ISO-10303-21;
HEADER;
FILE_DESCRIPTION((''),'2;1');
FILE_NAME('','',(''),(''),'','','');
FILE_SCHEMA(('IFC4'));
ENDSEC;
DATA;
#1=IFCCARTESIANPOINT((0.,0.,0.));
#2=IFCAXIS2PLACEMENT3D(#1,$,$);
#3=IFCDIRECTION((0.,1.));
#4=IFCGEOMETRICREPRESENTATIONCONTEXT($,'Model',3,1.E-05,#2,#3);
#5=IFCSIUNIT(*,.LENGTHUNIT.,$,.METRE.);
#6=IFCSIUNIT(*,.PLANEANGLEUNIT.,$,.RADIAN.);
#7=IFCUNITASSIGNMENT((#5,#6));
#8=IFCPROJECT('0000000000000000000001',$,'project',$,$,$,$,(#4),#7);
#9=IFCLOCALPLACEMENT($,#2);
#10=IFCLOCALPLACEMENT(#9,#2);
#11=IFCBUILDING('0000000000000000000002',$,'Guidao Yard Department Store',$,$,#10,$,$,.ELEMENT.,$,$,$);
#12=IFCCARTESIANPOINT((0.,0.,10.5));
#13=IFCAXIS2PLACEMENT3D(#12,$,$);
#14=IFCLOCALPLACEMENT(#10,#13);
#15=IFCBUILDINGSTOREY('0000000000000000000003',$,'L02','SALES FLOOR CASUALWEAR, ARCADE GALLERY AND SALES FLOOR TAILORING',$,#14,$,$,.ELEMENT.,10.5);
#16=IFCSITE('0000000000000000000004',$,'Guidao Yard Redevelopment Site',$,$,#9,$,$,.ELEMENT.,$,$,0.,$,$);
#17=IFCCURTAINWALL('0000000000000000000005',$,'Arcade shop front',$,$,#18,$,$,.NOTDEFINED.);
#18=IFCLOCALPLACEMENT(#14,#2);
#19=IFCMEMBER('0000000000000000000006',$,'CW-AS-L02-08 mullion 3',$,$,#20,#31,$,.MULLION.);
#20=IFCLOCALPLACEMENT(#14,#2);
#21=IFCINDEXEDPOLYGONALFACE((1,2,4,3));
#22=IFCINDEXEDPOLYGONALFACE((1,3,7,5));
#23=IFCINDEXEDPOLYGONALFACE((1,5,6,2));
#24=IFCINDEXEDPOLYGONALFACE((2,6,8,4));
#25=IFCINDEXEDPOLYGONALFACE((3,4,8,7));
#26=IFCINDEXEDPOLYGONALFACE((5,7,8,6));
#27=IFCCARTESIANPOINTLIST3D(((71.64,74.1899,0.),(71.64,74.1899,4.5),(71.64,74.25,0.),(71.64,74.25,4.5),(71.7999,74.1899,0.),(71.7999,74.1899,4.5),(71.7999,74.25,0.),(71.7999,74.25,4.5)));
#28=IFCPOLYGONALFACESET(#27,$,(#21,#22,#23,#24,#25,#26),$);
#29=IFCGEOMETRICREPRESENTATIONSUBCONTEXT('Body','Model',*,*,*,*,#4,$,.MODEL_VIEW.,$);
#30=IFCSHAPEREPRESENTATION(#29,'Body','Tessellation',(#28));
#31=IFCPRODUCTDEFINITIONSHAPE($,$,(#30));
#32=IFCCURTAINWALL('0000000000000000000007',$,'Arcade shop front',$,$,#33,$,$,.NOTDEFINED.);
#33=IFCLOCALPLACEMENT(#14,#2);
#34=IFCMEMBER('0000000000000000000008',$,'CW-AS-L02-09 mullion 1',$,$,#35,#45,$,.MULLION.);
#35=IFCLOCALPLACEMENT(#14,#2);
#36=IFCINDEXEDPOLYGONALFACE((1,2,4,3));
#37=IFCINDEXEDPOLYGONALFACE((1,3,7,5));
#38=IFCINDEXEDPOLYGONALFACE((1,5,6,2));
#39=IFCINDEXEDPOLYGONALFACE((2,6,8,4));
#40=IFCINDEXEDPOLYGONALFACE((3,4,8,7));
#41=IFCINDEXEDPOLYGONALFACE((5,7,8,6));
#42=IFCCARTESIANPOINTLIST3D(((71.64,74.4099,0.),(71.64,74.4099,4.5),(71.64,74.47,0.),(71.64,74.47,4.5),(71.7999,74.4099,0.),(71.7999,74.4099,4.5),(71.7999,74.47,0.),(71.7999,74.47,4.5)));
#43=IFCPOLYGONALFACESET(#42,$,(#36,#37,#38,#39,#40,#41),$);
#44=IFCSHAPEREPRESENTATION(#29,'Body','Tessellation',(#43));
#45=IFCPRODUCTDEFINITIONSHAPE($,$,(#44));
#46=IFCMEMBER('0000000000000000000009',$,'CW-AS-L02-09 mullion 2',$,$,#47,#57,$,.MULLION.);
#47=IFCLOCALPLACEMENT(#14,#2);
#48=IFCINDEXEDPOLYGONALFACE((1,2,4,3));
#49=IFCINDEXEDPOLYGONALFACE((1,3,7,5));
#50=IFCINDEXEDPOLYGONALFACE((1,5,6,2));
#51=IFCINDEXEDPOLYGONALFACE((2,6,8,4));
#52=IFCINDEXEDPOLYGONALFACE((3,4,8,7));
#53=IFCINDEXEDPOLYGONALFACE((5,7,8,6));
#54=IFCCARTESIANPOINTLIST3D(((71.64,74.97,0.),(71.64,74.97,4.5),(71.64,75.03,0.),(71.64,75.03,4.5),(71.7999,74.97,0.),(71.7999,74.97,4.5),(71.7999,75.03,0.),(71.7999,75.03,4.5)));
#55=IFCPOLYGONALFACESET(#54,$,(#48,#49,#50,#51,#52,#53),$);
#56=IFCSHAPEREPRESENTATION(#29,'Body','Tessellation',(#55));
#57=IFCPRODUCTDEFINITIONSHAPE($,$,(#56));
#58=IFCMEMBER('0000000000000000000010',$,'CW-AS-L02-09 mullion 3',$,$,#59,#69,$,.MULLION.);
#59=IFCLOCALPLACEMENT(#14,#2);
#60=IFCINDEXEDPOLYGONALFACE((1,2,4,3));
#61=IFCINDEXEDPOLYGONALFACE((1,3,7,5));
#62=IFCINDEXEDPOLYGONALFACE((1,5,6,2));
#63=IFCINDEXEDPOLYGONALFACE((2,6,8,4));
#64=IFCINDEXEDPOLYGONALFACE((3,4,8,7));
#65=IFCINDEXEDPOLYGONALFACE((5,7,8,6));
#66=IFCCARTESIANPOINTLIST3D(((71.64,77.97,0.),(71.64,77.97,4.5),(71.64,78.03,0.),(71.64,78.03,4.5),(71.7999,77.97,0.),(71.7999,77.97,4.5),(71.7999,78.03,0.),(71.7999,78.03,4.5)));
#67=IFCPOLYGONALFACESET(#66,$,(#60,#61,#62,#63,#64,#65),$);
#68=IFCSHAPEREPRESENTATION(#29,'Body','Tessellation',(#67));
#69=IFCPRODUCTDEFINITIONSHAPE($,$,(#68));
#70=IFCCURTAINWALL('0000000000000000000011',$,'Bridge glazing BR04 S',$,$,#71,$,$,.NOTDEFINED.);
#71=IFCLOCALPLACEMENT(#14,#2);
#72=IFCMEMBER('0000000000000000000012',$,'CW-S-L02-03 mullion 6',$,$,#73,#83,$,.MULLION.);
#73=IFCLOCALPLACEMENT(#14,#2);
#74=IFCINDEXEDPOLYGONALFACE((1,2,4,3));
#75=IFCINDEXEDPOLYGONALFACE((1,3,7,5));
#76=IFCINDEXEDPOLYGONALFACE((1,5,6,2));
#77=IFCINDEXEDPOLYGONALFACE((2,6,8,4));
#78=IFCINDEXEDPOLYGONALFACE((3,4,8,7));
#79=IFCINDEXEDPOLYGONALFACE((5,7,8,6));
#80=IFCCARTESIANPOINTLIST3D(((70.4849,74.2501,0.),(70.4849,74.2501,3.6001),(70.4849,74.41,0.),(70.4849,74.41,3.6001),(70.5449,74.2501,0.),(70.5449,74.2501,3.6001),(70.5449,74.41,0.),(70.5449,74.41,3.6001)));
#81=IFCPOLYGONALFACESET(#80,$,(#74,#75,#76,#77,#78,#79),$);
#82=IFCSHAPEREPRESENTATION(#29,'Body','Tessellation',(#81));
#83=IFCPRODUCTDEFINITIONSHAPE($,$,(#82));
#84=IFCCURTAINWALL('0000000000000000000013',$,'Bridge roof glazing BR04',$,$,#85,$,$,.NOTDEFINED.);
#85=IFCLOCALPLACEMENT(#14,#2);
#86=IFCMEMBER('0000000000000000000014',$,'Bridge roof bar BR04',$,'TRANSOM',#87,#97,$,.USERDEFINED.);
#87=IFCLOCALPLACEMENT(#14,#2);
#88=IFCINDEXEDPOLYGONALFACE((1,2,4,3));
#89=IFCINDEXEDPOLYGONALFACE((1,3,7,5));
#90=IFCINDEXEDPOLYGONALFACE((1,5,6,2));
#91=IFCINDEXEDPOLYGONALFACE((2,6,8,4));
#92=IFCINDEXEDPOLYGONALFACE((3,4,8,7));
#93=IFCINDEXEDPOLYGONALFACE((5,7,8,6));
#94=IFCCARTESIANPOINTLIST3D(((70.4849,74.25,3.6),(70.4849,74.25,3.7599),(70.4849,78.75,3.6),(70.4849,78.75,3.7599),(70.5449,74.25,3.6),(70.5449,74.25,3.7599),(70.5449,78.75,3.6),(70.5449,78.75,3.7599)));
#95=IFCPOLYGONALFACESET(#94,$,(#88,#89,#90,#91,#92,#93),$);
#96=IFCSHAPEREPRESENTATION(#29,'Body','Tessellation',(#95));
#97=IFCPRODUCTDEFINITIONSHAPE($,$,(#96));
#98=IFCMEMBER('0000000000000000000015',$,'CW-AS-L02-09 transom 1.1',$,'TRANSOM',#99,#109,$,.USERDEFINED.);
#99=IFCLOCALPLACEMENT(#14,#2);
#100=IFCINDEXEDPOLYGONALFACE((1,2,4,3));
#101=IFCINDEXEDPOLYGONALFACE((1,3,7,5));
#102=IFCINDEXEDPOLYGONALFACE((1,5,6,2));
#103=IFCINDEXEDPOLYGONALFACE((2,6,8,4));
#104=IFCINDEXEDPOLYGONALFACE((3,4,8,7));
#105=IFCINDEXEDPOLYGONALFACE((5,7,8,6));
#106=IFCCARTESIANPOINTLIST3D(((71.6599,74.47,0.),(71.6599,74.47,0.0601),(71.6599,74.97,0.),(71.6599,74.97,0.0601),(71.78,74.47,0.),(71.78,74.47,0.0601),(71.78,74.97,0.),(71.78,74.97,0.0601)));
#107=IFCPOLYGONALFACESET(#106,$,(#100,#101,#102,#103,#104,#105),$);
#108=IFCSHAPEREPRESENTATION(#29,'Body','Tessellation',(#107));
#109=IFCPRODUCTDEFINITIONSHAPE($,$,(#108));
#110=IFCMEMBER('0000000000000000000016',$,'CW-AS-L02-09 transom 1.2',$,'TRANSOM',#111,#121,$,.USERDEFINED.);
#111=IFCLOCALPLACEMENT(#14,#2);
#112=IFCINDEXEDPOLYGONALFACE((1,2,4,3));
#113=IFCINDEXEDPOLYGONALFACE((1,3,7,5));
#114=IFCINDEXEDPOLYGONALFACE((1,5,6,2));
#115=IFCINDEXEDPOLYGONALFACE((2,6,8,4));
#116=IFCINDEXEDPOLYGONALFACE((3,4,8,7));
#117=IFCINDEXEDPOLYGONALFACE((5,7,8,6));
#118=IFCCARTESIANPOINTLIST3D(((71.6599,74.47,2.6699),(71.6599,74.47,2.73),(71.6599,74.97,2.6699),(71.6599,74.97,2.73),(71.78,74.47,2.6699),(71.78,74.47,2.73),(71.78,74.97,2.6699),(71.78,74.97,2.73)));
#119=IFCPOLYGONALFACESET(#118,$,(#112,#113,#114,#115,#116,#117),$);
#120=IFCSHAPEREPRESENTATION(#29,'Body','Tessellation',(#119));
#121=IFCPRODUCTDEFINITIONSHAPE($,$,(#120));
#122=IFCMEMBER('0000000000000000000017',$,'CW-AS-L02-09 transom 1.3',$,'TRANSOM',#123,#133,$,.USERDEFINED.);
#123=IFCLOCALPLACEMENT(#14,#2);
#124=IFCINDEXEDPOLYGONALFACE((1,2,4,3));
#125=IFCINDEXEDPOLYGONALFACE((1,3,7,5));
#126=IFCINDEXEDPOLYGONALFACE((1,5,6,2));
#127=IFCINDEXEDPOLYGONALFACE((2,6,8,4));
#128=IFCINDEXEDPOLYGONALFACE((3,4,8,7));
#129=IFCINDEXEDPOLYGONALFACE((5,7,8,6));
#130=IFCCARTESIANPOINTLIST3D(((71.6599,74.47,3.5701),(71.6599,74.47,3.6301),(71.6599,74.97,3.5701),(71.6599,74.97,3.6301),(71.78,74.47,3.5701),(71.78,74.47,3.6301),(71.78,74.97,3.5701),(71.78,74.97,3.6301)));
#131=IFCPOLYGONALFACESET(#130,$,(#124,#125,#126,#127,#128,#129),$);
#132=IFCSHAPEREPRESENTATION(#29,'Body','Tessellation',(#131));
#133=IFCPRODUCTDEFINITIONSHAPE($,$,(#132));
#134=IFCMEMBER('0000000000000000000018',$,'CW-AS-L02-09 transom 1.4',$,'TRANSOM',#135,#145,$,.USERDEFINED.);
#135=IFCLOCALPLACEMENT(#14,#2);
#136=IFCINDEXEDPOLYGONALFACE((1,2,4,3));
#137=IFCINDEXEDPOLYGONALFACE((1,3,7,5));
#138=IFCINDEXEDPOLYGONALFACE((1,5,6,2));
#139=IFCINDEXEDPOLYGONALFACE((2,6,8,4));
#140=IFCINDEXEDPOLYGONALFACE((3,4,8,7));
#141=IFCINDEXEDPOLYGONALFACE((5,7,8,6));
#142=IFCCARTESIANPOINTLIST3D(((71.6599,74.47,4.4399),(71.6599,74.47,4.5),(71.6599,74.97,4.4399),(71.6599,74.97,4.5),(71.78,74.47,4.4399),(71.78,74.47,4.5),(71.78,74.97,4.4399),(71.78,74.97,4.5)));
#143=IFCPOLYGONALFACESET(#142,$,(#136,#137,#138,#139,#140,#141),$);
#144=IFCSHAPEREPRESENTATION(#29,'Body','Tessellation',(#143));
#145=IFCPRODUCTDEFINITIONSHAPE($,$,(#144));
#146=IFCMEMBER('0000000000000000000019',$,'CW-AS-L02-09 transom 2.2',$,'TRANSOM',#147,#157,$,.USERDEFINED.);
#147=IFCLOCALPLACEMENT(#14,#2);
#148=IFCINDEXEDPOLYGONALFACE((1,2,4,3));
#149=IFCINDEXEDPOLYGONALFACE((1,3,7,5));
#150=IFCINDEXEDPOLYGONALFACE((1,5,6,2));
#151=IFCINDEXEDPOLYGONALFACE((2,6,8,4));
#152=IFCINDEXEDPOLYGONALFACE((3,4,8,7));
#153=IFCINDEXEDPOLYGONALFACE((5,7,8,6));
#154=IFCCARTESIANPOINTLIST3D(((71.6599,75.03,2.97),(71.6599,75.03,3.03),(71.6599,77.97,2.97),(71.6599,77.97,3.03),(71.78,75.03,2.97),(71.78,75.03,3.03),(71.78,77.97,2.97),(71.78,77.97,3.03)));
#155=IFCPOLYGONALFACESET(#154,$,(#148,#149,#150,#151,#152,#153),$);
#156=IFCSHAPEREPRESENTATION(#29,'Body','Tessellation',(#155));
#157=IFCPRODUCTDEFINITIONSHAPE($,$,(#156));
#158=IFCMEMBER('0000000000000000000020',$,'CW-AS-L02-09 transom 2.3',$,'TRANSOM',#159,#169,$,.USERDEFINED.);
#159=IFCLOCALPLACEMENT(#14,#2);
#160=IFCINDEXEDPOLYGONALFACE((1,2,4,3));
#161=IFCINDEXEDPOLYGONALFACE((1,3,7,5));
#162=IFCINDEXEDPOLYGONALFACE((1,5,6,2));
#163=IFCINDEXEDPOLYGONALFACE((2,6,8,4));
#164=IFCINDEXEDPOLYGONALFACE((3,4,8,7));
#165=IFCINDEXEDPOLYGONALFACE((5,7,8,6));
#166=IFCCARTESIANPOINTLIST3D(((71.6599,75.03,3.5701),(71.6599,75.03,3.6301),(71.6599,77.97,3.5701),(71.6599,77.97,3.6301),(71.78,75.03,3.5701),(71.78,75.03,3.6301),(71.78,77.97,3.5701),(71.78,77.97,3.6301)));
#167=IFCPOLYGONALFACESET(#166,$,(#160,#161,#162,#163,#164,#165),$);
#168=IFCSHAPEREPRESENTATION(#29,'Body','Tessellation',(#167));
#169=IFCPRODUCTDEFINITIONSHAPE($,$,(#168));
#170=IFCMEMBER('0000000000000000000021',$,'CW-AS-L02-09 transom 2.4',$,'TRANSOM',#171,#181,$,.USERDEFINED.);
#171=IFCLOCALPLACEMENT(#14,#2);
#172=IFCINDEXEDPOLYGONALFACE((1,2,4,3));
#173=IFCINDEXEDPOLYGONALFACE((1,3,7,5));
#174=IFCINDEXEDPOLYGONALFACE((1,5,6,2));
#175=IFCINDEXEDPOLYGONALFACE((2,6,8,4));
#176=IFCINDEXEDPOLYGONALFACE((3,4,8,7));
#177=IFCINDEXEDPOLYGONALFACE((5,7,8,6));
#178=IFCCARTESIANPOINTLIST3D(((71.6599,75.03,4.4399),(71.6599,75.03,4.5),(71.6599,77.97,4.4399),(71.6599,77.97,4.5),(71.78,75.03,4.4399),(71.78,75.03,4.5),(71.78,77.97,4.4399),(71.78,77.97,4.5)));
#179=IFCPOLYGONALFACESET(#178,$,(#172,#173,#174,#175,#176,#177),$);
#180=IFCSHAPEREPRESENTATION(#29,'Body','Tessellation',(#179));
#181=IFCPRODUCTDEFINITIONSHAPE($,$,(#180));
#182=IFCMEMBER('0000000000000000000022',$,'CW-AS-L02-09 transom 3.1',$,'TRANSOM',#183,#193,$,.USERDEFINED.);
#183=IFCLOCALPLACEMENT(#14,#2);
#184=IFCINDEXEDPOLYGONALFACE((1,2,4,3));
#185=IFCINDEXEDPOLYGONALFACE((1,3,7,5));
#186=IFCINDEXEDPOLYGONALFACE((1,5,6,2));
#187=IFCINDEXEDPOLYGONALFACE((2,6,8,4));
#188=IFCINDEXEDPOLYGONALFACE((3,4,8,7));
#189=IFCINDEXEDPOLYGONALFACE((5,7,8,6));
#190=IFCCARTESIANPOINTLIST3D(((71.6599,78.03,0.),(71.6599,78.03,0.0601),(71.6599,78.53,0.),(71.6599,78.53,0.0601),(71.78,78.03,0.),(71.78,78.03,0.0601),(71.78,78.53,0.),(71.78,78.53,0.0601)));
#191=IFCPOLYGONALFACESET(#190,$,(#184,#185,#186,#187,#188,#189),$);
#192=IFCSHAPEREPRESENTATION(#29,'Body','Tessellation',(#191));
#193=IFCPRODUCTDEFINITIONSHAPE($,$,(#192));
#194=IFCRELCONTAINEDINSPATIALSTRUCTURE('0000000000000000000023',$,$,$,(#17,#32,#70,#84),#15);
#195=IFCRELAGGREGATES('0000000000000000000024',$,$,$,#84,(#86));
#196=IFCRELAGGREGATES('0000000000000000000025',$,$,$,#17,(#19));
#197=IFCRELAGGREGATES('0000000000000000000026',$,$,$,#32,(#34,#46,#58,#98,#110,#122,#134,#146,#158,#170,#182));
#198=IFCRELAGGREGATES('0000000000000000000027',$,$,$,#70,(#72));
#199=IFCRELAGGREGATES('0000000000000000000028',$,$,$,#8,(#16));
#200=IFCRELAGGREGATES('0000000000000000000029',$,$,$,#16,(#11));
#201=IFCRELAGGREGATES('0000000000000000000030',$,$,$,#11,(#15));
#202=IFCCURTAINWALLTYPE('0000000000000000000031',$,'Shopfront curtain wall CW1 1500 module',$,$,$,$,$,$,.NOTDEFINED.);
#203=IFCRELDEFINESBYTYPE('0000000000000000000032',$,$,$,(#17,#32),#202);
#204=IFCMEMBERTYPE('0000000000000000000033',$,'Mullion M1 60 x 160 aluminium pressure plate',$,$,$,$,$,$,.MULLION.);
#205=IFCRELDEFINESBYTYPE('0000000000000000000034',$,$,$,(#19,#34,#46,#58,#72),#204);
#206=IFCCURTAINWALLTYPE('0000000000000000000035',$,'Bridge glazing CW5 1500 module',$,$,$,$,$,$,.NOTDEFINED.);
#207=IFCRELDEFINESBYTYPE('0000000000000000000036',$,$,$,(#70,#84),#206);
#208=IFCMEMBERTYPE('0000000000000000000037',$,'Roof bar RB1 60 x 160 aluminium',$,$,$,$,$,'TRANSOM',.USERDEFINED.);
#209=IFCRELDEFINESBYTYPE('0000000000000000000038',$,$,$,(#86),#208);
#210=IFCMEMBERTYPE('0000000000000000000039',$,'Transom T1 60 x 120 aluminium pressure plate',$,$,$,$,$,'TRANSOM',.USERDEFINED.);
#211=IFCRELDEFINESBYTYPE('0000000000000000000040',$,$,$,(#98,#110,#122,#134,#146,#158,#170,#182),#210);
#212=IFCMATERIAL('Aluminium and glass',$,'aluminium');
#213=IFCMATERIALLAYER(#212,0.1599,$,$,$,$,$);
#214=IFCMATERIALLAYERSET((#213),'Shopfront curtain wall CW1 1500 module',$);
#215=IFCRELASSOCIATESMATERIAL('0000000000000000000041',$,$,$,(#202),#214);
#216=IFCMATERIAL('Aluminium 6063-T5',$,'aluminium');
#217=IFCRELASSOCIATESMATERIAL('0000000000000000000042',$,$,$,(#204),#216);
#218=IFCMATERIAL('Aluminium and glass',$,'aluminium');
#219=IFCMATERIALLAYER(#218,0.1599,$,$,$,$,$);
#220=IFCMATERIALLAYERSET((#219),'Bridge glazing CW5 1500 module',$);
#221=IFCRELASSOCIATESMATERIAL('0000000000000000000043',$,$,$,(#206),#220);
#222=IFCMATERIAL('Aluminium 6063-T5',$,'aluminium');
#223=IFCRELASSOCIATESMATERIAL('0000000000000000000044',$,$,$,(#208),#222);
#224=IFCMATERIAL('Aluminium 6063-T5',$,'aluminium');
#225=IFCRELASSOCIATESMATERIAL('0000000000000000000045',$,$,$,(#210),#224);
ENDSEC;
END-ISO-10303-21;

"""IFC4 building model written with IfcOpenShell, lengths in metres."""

from ifc_helpers import new_model, si_unit, direction, frame, origin, origin_2d, place, context, subcontext, project, spatial, rectangle, extrude, material, layer, layer_set, material_profile, profile_set, type_object, element, aggregate, save


model = new_model("IFC4")

# Units and contexts
model_context = context("Model", 3, precision=1e-05, world=origin(), true_north=direction((0.0, 1.0)))
body_context = subcontext(model_context, "Body", "Model", "MODEL_VIEW")
ifc_project = project(units=[si_unit("LENGTHUNIT", "METRE"), si_unit("PLANEANGLEUNIT", "RADIAN")], contexts=[model_context])

# Site, building, storey
site_placement = place(None, origin())
site = spatial("IfcSite", under=ifc_project, at=site_placement, Name="Guidao Yard Redevelopment Site", CompositionType="ELEMENT", RefElevation=0.0)
building_placement = place(site_placement, origin())
building = spatial("IfcBuilding", under=site, at=building_placement, Name="Guidao Yard Department Store", CompositionType="ELEMENT")
storey_placement = place(building_placement, frame((0.0, 0.0, 10.5)))
storey = spatial("IfcBuildingStorey", under=building, at=storey_placement, Name="L02", Description="SALES FLOOR CASUALWEAR, ARCADE GALLERY AND SALES FLOOR TAILORING", CompositionType="ELEMENT", Elevation=10.5)

# Curtain wall, member
ifc_material_1 = material(Name="Aluminium and glass", Category="aluminium")
ifc_layer_1 = layer(ifc_material_1, 0.1599)
ifc_layer_set_1 = layer_set([ifc_layer_1], Name="Shopfront curtain wall CW1 1500 module")
curtain_wall_type_1 = type_object("IfcCurtainWallType", Name="Shopfront curtain wall CW1 1500 module", PredefinedType="NOTDEFINED", material=ifc_layer_set_1)
curtain_wall_1_placement = place(storey_placement, origin())
curtain_wall_1 = element("IfcCurtainWall", 1, at=curtain_wall_1_placement, inside=storey, type_object=curtain_wall_type_1, Name="Arcade shop front", PredefinedType="NOTDEFINED")
ifc_material_2 = material(Name="Aluminium 6063-T5", Category="aluminium")
ifc_material_profile_1 = material_profile(ifc_material_2, rectangle(XDim=0.0601, YDim=0.1599, at=origin_2d()), Name="Mullion M1 60 x 160 aluminium pressure plate")
ifc_profile_set_1 = profile_set([ifc_material_profile_1], Name="Aluminium 6063-T5")
member_type_1 = type_object("IfcMemberType", Name="Mullion M1 60 x 160 aluminium pressure plate", PredefinedType="MULLION", material=ifc_profile_set_1)
member_1_placement = place(storey_placement, frame((71.72, 74.22, 0.0), z_axis=(0.0, 0.0, 1.0), x_axis=(0.0, 1.0, 0.0)))
member_1 = element("IfcMember", 2, at=member_1_placement, type_object=member_type_1, Name="CW-AS-L02-08 mullion 3", PredefinedType="MULLION", context=body_context, shape_type="SweptSolid", body=[
    extrude(rectangle(XDim=0.0601, YDim=0.1599, at=origin_2d()), origin(), (0.0, 0.0, 1.0), 4.5),
])

# Curtain wall, members
curtain_wall_2_placement = place(storey_placement, origin())
curtain_wall_2 = element("IfcCurtainWall", 3, at=curtain_wall_2_placement, inside=storey, type_object=curtain_wall_type_1, Name="Arcade shop front", PredefinedType="NOTDEFINED")
member_2_placement = place(storey_placement, frame((71.72, 74.4399, 0.0), z_axis=(0.0, 0.0, 1.0), x_axis=(0.0, 1.0, 0.0)))
member_2 = element("IfcMember", 4, at=member_2_placement, type_object=member_type_1, Name="CW-AS-L02-09 mullion 1", PredefinedType="MULLION", context=body_context, shape_type="SweptSolid", body=[
    extrude(rectangle(XDim=0.0601, YDim=0.1599, at=origin_2d()), origin(), (0.0, 0.0, 1.0), 4.5),
])
member_3_placement = place(storey_placement, frame((71.72, 75.0, 0.0), z_axis=(0.0, 0.0, 1.0), x_axis=(0.0, 1.0, 0.0)))
member_3 = element("IfcMember", 5, at=member_3_placement, type_object=member_type_1, Name="CW-AS-L02-09 mullion 2", PredefinedType="MULLION", context=body_context, shape_type="SweptSolid", body=[
    extrude(rectangle(XDim=0.0601, YDim=0.1599, at=origin_2d()), origin(), (0.0, 0.0, 1.0), 4.5),
])
member_4_placement = place(storey_placement, frame((71.72, 78.0, 0.0), z_axis=(0.0, 0.0, 1.0), x_axis=(0.0, 1.0, 0.0)))
member_4 = element("IfcMember", 6, at=member_4_placement, type_object=member_type_1, Name="CW-AS-L02-09 mullion 3", PredefinedType="MULLION", context=body_context, shape_type="SweptSolid", body=[
    extrude(rectangle(XDim=0.0601, YDim=0.1599, at=origin_2d()), origin(), (0.0, 0.0, 1.0), 4.5),
])

# Curtain walls, members
ifc_material_3 = material(Name="Aluminium and glass", Category="aluminium")
ifc_layer_2 = layer(ifc_material_3, 0.1599)
ifc_layer_set_2 = layer_set([ifc_layer_2], Name="Bridge glazing CW5 1500 module")
curtain_wall_type_2 = type_object("IfcCurtainWallType", Name="Bridge glazing CW5 1500 module", PredefinedType="NOTDEFINED", material=ifc_layer_set_2)
curtain_wall_3_placement = place(storey_placement, origin())
curtain_wall_3 = element("IfcCurtainWall", 7, at=curtain_wall_3_placement, inside=storey, type_object=curtain_wall_type_2, Name="Bridge glazing BR04 S", PredefinedType="NOTDEFINED")
member_5_placement = place(storey_placement, frame((70.5149, 74.3301, 0.0), z_axis=(0.0, 0.0, 1.0), x_axis=(-1.0, 0.0, 0.0)))
member_5 = element("IfcMember", 8, at=member_5_placement, type_object=member_type_1, Name="CW-S-L02-03 mullion 6", PredefinedType="MULLION", context=body_context, shape_type="SweptSolid", body=[
    extrude(rectangle(XDim=0.0601, YDim=0.1599, at=origin_2d()), origin(), (0.0, 0.0, 1.0), 3.6001),
])
curtain_wall_4_placement = place(storey_placement, origin())
curtain_wall_4 = element("IfcCurtainWall", 9, at=curtain_wall_4_placement, inside=storey, type_object=curtain_wall_type_2, Name="Bridge roof glazing BR04", PredefinedType="NOTDEFINED")
ifc_material_4 = material(Name="Aluminium 6063-T5", Category="aluminium")
ifc_material_profile_2 = material_profile(ifc_material_4, rectangle(XDim=0.0601, YDim=0.1599, at=origin_2d()), Name="Roof bar RB1 60 x 160 aluminium")
ifc_profile_set_2 = profile_set([ifc_material_profile_2], Name="Aluminium 6063-T5")
member_type_2 = type_object("IfcMemberType", Name="Roof bar RB1 60 x 160 aluminium", ElementType="TRANSOM", PredefinedType="USERDEFINED", material=ifc_profile_set_2)
member_6_placement = place(storey_placement, frame((70.5149, 74.25, 3.6799), z_axis=(0.0, 1.0, 0.0), x_axis=(-1.0, 0.0, 0.0)))
member_6 = element("IfcMember", 10, at=member_6_placement, type_object=member_type_2, Name="Bridge roof bar BR04", ObjectType="TRANSOM", PredefinedType="USERDEFINED", context=body_context, shape_type="SweptSolid", body=[
    extrude(rectangle(XDim=0.0601, YDim=0.1599, at=origin_2d()), origin(), (0.0, 0.0, 1.0), 4.5),
])

# Members
ifc_material_5 = material(Name="Aluminium 6063-T5", Category="aluminium")
ifc_material_profile_3 = material_profile(ifc_material_5, rectangle(XDim=0.1201, YDim=0.0601, at=origin_2d()), Name="Transom T1 60 x 120 aluminium pressure plate")
ifc_profile_set_3 = profile_set([ifc_material_profile_3], Name="Aluminium 6063-T5")
member_type_3 = type_object("IfcMemberType", Name="Transom T1 60 x 120 aluminium pressure plate", ElementType="TRANSOM", PredefinedType="USERDEFINED", material=ifc_profile_set_3)
member_7_placement = place(storey_placement, frame((71.72, 74.47, 0.03), z_axis=(0.0, 1.0, 0.0), x_axis=(-1.0, 0.0, 0.0)))
member_7 = element("IfcMember", 11, at=member_7_placement, type_object=member_type_3, Name="CW-AS-L02-09 transom 1.1", ObjectType="TRANSOM", PredefinedType="USERDEFINED", context=body_context, shape_type="SweptSolid", body=[
    extrude(rectangle(XDim=0.1201, YDim=0.0601, at=origin_2d()), origin(), (0.0, 0.0, 1.0), 0.5),
])
member_8_placement = place(storey_placement, frame((71.72, 74.47, 2.7), z_axis=(0.0, 1.0, 0.0), x_axis=(-1.0, 0.0, 0.0)))
member_8 = element("IfcMember", 12, at=member_8_placement, type_object=member_type_3, Name="CW-AS-L02-09 transom 1.2", ObjectType="TRANSOM", PredefinedType="USERDEFINED", context=body_context, shape_type="SweptSolid", body=[
    extrude(rectangle(XDim=0.1201, YDim=0.0601, at=origin_2d()), origin(), (0.0, 0.0, 1.0), 0.5),
])
member_9_placement = place(storey_placement, frame((71.72, 74.47, 3.6001), z_axis=(0.0, 1.0, 0.0), x_axis=(-1.0, 0.0, 0.0)))
member_9 = element("IfcMember", 13, at=member_9_placement, type_object=member_type_3, Name="CW-AS-L02-09 transom 1.3", ObjectType="TRANSOM", PredefinedType="USERDEFINED", context=body_context, shape_type="SweptSolid", body=[
    extrude(rectangle(XDim=0.1201, YDim=0.0601, at=origin_2d()), origin(), (0.0, 0.0, 1.0), 0.5),
])
member_10_placement = place(storey_placement, frame((71.72, 74.47, 4.47), z_axis=(0.0, 1.0, 0.0), x_axis=(-1.0, 0.0, 0.0)))
member_10 = element("IfcMember", 14, at=member_10_placement, type_object=member_type_3, Name="CW-AS-L02-09 transom 1.4", ObjectType="TRANSOM", PredefinedType="USERDEFINED", context=body_context, shape_type="SweptSolid", body=[
    extrude(rectangle(XDim=0.1201, YDim=0.0601, at=origin_2d()), origin(), (0.0, 0.0, 1.0), 0.5),
])
member_11_placement = place(storey_placement, frame((71.72, 75.03, 3.0), z_axis=(0.0, 1.0, 0.0), x_axis=(-1.0, 0.0, 0.0)))
member_11 = element("IfcMember", 15, at=member_11_placement, type_object=member_type_3, Name="CW-AS-L02-09 transom 2.2", ObjectType="TRANSOM", PredefinedType="USERDEFINED", context=body_context, shape_type="SweptSolid", body=[
    extrude(rectangle(XDim=0.1201, YDim=0.0601, at=origin_2d()), origin(), (0.0, 0.0, 1.0), 2.9399),
])
member_12_placement = place(storey_placement, frame((71.72, 75.03, 3.6001), z_axis=(0.0, 1.0, 0.0), x_axis=(-1.0, 0.0, 0.0)))
member_12 = element("IfcMember", 16, at=member_12_placement, type_object=member_type_3, Name="CW-AS-L02-09 transom 2.3", ObjectType="TRANSOM", PredefinedType="USERDEFINED", context=body_context, shape_type="SweptSolid", body=[
    extrude(rectangle(XDim=0.1201, YDim=0.0601, at=origin_2d()), origin(), (0.0, 0.0, 1.0), 2.9399),
])
member_13_placement = place(storey_placement, frame((71.72, 75.03, 4.47), z_axis=(0.0, 1.0, 0.0), x_axis=(-1.0, 0.0, 0.0)))
member_13 = element("IfcMember", 17, at=member_13_placement, type_object=member_type_3, Name="CW-AS-L02-09 transom 2.4", ObjectType="TRANSOM", PredefinedType="USERDEFINED", context=body_context, shape_type="SweptSolid", body=[
    extrude(rectangle(XDim=0.1201, YDim=0.0601, at=origin_2d()), origin(), (0.0, 0.0, 1.0), 2.9399),
])
member_14_placement = place(storey_placement, frame((71.72, 78.03, 0.03), z_axis=(0.0, 1.0, 0.0), x_axis=(-1.0, 0.0, 0.0)))
member_14 = element("IfcMember", 18, at=member_14_placement, type_object=member_type_3, Name="CW-AS-L02-09 transom 3.1", ObjectType="TRANSOM", PredefinedType="USERDEFINED", context=body_context, shape_type="SweptSolid", body=[
    extrude(rectangle(XDim=0.1201, YDim=0.0601, at=origin_2d()), origin(), (0.0, 0.0, 1.0), 0.5),
])

aggregate(curtain_wall_4, [member_6])
aggregate(curtain_wall_1, [member_1])
aggregate(curtain_wall_2, [member_2, member_3, member_4, member_7, member_8, member_9, member_10, member_11, member_12, member_13, member_14])
aggregate(curtain_wall_3, [member_5])

save(model, "model.ifc")
